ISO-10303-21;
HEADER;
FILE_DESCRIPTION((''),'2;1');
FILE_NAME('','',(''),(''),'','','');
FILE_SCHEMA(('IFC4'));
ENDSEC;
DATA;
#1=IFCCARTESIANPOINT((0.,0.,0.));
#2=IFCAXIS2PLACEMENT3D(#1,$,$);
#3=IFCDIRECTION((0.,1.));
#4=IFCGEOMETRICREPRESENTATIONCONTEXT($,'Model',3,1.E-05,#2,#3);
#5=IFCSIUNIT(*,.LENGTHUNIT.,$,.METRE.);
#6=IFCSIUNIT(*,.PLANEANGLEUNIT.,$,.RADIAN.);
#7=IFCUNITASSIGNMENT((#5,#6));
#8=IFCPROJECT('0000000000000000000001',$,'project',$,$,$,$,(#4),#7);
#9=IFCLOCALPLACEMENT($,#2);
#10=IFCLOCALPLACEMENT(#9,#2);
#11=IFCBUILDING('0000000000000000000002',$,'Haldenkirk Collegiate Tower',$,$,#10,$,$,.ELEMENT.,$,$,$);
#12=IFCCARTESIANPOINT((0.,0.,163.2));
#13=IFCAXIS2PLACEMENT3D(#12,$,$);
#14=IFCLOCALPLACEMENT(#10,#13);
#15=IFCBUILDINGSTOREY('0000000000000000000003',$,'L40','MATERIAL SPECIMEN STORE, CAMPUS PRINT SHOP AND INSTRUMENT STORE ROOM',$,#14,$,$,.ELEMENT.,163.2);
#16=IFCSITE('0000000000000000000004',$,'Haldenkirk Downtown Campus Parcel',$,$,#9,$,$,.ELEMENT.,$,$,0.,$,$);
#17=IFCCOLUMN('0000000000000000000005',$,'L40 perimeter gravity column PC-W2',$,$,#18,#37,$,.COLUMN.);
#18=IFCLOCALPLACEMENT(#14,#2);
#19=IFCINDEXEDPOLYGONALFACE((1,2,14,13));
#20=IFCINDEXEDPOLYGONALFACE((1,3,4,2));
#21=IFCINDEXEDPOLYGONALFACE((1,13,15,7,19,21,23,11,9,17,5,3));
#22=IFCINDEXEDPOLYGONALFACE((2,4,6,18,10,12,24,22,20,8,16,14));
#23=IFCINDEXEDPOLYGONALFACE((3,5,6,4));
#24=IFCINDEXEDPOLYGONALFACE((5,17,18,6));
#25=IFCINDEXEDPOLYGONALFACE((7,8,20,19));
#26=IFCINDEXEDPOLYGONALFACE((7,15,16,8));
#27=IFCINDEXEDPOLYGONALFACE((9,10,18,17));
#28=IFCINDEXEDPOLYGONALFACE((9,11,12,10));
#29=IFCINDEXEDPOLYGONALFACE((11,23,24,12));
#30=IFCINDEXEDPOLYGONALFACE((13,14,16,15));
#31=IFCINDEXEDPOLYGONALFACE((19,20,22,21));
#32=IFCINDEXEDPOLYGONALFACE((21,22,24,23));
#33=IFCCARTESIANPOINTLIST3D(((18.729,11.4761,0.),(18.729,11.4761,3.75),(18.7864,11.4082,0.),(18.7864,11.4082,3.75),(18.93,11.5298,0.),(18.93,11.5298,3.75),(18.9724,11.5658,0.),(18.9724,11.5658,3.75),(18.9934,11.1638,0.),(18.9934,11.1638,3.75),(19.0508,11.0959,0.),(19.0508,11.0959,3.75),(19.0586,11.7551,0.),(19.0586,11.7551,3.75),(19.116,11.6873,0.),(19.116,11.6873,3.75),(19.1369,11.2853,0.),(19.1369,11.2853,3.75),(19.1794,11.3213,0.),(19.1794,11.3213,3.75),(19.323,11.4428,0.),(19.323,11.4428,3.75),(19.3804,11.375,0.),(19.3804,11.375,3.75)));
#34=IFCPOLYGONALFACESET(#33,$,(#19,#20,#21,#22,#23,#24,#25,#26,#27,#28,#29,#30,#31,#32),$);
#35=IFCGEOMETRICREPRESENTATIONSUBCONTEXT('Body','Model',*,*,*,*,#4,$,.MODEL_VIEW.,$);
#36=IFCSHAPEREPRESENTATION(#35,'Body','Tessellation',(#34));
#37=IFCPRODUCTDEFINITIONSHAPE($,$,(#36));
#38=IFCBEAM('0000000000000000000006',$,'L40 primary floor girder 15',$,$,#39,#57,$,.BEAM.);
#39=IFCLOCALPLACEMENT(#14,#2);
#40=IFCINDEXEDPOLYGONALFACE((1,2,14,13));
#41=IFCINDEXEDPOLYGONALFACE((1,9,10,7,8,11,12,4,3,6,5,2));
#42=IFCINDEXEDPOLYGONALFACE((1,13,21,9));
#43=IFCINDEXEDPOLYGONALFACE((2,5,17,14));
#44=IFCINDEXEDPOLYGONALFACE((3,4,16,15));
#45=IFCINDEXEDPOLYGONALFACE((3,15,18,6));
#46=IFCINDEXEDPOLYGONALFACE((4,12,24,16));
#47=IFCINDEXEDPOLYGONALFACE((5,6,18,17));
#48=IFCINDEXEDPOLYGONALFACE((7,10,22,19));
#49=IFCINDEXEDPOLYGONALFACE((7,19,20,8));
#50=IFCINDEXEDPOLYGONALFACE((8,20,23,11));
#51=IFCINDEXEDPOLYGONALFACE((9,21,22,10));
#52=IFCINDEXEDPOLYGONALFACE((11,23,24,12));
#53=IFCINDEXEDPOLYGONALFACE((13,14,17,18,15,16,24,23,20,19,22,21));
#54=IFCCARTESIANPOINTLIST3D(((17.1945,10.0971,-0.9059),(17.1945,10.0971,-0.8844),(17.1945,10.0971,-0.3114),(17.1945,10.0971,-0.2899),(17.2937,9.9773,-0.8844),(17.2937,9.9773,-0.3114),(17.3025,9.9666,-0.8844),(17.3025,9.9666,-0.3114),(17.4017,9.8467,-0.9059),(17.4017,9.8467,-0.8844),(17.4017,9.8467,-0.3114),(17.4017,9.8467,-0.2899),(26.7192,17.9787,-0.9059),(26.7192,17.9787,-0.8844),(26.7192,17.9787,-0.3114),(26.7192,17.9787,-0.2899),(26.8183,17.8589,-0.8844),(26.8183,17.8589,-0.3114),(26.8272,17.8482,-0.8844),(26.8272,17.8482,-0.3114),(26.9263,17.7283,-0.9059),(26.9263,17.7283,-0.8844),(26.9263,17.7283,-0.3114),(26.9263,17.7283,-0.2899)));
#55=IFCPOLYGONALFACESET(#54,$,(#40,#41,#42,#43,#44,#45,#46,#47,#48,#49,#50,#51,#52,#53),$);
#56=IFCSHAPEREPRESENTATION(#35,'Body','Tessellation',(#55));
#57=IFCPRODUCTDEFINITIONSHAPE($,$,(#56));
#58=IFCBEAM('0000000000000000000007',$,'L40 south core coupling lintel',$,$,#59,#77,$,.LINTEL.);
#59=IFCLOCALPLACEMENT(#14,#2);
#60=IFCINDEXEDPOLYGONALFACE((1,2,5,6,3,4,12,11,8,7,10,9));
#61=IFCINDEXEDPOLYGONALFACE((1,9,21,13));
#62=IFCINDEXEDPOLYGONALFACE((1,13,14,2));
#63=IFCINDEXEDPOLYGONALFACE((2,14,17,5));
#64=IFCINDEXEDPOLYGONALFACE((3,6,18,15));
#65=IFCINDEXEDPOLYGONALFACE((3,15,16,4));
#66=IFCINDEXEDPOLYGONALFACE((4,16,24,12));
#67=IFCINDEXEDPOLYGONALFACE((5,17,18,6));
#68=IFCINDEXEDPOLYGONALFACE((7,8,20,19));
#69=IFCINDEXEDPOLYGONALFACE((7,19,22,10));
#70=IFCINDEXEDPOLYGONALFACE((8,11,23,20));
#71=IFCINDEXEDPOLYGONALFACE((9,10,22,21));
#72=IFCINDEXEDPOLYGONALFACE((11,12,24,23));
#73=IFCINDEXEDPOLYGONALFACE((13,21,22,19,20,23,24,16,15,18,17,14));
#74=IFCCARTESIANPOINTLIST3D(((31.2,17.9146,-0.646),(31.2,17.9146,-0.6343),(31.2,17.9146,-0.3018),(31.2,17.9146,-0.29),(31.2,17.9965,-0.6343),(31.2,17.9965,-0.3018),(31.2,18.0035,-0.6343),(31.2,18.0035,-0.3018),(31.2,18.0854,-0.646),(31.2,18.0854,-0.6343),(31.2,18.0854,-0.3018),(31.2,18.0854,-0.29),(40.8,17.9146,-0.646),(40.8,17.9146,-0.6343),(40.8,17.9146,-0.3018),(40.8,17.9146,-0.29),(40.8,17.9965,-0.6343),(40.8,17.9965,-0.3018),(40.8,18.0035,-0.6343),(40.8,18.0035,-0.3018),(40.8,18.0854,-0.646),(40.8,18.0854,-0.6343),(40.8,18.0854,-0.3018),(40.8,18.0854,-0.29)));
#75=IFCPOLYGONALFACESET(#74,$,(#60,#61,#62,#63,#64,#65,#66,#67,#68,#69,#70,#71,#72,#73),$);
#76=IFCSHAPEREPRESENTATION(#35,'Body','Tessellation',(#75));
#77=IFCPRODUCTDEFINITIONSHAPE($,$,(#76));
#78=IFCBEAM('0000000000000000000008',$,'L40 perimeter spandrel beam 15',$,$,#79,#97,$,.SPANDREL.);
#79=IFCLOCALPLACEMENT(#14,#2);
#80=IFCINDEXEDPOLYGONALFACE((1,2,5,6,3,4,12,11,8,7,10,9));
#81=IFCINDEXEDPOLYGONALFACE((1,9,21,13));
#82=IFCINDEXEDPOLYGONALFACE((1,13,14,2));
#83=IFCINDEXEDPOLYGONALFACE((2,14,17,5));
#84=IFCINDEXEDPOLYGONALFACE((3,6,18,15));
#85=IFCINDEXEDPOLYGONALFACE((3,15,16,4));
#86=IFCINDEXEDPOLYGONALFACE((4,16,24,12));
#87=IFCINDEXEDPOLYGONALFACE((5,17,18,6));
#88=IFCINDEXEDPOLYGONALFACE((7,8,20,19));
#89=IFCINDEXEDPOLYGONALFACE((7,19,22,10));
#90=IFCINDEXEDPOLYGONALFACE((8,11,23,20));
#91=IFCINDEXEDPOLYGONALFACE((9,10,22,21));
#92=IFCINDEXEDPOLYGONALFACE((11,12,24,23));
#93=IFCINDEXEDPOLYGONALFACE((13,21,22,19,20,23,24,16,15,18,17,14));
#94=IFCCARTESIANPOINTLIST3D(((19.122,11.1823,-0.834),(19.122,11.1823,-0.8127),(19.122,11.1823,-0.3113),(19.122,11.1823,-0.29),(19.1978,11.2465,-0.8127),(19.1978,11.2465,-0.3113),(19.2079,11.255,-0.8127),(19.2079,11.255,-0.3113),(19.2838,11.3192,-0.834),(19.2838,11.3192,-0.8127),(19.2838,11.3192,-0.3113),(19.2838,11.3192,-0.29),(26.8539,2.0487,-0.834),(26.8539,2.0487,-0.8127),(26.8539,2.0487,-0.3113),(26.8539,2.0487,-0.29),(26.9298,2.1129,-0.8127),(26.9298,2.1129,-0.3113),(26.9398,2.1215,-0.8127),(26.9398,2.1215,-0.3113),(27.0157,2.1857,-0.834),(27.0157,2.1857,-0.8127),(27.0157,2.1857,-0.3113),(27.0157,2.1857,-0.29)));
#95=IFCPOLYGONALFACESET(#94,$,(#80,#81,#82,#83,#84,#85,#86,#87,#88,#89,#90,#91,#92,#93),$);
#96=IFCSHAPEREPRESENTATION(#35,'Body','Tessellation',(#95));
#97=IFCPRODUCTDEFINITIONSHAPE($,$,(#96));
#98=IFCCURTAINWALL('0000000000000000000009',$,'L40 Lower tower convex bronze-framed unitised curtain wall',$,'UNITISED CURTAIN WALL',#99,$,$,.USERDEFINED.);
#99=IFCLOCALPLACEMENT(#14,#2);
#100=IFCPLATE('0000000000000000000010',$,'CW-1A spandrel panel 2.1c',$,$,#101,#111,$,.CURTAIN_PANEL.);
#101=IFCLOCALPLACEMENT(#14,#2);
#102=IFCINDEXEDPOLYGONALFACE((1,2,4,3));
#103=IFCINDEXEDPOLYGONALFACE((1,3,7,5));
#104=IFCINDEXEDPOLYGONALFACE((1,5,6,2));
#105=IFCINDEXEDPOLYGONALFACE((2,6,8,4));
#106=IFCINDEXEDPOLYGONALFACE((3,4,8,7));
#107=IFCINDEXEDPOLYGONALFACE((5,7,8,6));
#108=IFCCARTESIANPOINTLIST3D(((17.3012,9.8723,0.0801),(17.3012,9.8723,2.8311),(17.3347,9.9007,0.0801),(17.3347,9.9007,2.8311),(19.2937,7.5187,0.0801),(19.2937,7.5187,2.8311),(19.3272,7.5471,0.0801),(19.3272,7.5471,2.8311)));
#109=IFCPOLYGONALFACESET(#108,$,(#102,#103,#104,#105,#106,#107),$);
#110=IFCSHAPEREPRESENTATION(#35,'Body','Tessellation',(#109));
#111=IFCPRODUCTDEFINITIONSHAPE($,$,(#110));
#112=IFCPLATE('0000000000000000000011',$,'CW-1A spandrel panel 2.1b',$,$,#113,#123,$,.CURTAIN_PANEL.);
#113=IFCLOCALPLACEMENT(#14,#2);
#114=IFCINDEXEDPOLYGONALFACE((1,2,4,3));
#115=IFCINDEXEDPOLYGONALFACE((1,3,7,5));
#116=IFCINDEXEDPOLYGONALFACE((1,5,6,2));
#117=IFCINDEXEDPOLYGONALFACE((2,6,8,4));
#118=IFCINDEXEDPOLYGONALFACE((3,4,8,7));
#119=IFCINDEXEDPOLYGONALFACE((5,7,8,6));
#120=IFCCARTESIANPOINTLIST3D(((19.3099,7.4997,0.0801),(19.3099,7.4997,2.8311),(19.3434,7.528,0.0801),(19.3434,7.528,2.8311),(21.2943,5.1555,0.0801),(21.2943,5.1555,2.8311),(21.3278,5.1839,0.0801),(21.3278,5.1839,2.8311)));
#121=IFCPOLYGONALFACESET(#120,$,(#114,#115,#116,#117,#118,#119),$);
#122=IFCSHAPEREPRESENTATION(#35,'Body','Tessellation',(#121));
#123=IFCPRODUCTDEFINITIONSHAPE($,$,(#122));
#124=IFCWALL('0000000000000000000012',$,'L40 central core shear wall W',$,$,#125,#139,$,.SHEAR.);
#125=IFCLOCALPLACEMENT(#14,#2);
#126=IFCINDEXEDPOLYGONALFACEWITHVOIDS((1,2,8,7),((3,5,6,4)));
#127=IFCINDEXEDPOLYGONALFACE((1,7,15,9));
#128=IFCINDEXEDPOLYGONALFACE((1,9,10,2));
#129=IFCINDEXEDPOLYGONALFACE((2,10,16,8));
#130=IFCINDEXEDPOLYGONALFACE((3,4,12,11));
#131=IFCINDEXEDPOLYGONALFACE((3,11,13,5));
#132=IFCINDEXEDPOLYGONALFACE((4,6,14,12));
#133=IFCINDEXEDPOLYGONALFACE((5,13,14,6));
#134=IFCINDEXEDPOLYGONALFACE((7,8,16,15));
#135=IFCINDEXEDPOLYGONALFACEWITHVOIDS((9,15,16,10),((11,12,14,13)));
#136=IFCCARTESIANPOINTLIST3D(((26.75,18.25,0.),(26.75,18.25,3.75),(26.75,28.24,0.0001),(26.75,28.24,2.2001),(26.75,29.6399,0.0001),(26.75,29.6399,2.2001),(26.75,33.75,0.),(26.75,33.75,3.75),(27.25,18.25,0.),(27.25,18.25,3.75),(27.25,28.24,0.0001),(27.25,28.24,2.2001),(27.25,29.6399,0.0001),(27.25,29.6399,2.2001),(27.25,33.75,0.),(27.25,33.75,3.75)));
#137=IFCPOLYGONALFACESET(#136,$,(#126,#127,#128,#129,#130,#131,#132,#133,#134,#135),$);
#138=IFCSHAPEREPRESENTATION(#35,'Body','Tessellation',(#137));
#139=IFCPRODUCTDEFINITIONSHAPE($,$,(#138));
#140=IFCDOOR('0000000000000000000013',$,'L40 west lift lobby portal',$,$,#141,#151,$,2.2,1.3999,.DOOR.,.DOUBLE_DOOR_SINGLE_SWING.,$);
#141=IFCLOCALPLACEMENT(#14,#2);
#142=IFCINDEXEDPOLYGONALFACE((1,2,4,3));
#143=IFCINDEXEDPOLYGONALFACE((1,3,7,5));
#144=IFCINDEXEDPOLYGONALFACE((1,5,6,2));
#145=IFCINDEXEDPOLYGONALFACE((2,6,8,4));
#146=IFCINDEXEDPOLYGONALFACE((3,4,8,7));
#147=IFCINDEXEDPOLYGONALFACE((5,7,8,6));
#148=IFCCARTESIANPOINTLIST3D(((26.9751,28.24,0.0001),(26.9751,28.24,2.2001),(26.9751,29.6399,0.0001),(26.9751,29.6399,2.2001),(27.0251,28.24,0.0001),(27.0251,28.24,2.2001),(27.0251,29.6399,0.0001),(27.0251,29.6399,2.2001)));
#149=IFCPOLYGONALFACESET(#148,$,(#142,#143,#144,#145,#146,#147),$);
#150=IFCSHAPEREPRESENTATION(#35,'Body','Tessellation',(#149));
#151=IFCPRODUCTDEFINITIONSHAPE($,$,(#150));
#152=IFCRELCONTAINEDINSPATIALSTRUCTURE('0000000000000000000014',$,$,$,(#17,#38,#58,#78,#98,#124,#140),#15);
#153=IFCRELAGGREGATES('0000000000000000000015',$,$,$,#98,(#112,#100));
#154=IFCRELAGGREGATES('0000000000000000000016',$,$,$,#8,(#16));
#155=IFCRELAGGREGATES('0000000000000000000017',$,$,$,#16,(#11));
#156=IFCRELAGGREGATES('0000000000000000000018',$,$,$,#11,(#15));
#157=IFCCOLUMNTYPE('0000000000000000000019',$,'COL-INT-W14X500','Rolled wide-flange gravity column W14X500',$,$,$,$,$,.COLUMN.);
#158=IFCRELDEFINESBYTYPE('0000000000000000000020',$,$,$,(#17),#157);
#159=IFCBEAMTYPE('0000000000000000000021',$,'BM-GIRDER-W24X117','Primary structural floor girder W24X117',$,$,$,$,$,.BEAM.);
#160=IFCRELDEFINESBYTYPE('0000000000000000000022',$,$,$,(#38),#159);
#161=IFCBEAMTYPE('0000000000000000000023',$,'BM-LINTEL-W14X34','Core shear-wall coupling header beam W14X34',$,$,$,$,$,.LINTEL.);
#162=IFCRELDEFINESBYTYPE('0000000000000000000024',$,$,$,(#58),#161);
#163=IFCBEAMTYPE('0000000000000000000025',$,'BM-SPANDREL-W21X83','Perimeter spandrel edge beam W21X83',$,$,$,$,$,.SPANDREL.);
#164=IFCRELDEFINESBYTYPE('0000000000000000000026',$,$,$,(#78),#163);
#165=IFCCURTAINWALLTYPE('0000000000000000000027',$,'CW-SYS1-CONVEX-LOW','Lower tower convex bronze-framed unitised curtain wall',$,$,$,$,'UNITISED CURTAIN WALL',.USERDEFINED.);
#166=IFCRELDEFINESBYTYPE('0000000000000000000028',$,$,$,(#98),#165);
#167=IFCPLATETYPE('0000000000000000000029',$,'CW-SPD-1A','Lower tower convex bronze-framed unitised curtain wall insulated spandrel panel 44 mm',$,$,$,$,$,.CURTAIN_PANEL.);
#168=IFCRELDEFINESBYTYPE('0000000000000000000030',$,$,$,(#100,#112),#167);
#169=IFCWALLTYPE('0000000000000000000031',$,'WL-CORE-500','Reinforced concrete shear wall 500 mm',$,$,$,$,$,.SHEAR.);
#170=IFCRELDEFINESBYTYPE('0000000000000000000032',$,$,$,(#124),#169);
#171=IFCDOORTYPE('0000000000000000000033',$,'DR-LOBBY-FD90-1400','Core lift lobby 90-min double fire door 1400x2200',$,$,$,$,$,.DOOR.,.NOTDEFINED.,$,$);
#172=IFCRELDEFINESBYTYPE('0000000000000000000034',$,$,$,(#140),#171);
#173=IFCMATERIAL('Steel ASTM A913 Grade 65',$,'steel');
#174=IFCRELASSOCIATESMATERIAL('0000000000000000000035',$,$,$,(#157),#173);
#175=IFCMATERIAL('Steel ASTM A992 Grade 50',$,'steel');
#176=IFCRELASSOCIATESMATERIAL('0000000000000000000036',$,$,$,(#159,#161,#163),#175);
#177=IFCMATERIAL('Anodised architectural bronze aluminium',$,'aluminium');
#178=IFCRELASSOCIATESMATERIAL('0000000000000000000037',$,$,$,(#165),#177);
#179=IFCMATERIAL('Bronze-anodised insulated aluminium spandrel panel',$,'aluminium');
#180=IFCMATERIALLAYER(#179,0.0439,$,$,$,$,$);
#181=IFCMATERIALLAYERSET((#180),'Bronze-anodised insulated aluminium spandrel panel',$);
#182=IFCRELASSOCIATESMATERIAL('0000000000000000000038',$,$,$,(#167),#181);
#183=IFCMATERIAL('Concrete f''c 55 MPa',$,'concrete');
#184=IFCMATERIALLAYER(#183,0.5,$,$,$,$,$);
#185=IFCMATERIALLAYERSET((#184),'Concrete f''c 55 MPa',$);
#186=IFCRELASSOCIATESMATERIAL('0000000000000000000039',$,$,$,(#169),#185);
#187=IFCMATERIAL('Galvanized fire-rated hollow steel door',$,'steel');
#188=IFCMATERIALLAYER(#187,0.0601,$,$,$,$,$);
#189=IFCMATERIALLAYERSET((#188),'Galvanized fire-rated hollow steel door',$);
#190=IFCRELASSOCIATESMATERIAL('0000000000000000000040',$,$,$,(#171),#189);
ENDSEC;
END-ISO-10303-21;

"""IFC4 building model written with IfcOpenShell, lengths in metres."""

from ifc_helpers import new_model, si_unit, direction, frame, frame_2d, origin, origin_2d, place, context, subcontext, project, spatial, rectangle, i_section, extrude, source, transform, mapped, material, layer, layer_set, material_profile, profile_set, type_object, element, fill, aggregate, save


model = new_model("IFC4")

# Units and contexts
model_context = context("Model", 3, precision=1e-05, world=origin(), true_north=direction((0.0, 1.0)))
body_context = subcontext(model_context, "Body", "Model", "MODEL_VIEW")
ifc_project = project(units=[si_unit("LENGTHUNIT", "METRE"), si_unit("PLANEANGLEUNIT", "RADIAN")], contexts=[model_context])

# Site, building, storey
site_placement = place(None, origin())
site = spatial("IfcSite", under=ifc_project, at=site_placement, Name="Haldenkirk Downtown Campus Parcel", CompositionType="ELEMENT", RefElevation=0.0)
building_placement = place(site_placement, origin())
building = spatial("IfcBuilding", under=site, at=building_placement, Name="Haldenkirk Collegiate Tower", CompositionType="ELEMENT")
storey_placement = place(building_placement, frame((0.0, 0.0, 163.2)))
storey = spatial("IfcBuildingStorey", under=building, at=storey_placement, Name="L40", Description="MATERIAL SPECIMEN STORE, CAMPUS PRINT SHOP AND INSTRUMENT STORE ROOM", CompositionType="ELEMENT", Elevation=163.2)

# Column
ifc_material_1 = material(Name="Steel ASTM A913 Grade 65", Category="steel")
ifc_material_profile_1 = material_profile(ifc_material_1, i_section(OverallWidth=0.4319, OverallDepth=0.498, WebThickness=0.0557, FlangeThickness=0.0889, at=origin_2d()), Name="W14X500")
ifc_profile_set_1 = profile_set([ifc_material_profile_1], Name="Steel ASTM A913 Grade 65")
column_type = type_object("IfcColumnType", Name="COL-INT-W14X500", Description="Rolled wide-flange gravity column W14X500", PredefinedType="COLUMN", material=ifc_profile_set_1)
column_placement = place(storey_placement, frame((19.0547, 11.4255, 0.0), z_axis=(0.0, 0.0, 1.0), x_axis=(0.763232, 0.646124, 0.0)))
element("IfcColumn", 1, at=column_placement, inside=storey, type_object=column_type, Name="L40 perimeter gravity column PC-W2", PredefinedType="COLUMN", context=body_context, shape_type="SweptSolid", body=[
    extrude(i_section(OverallWidth=0.4319, OverallDepth=0.498, WebThickness=0.0557, FlangeThickness=0.0889, at=origin_2d()), origin(), (0.0, 0.0, 1.0), 3.75),
])

# Beams
ifc_material_2 = material(Name="Steel ASTM A992 Grade 50", Category="steel")
ifc_material_profile_2 = material_profile(ifc_material_2, i_section(OverallWidth=0.325, OverallDepth=0.616, WebThickness=0.0139, FlangeThickness=0.0215, at=origin_2d()), Name="W24X117")
ifc_profile_set_2 = profile_set([ifc_material_profile_2], Name="Steel ASTM A992 Grade 50")
beam_type_1 = type_object("IfcBeamType", Name="BM-GIRDER-W24X117", Description="Primary structural floor girder W24X117", PredefinedType="BEAM", material=ifc_profile_set_2)
beam_1_placement = place(storey_placement, frame((17.2981, 9.9719, -0.5979), z_axis=(0.770429, 0.637525, 0.0), x_axis=(-0.637525, 0.770429, 0.0)))
element("IfcBeam", 2, at=beam_1_placement, inside=storey, type_object=beam_type_1, Name="L40 primary floor girder 15", PredefinedType="BEAM", context=body_context, shape_type="SweptSolid", body=[
    extrude(i_section(OverallWidth=0.325, OverallDepth=0.616, WebThickness=0.0139, FlangeThickness=0.0215, at=origin_2d()), origin(), (0.0, 0.0, 1.0), 12.3628),
])
ifc_material_profile_3 = material_profile(ifc_material_2, i_section(OverallWidth=0.1709, OverallDepth=0.356, WebThickness=0.0071, FlangeThickness=0.0117, at=origin_2d()), Name="W14X34")
ifc_profile_set_3 = profile_set([ifc_material_profile_3], Name="Steel ASTM A992 Grade 50")
beam_type_2 = type_object("IfcBeamType", Name="BM-LINTEL-W14X34", Description="Core shear-wall coupling header beam W14X34", PredefinedType="LINTEL", material=ifc_profile_set_3)
beam_2_placement = place(storey_placement, frame((31.2, 18.0, -0.468), z_axis=(1.0, 0.0, 0.0), x_axis=(0.0, 1.0, 0.0)))
element("IfcBeam", 3, at=beam_2_placement, inside=storey, type_object=beam_type_2, Name="L40 south core coupling lintel", PredefinedType="LINTEL", context=body_context, shape_type="SweptSolid", body=[
    extrude(i_section(OverallWidth=0.1709, OverallDepth=0.356, WebThickness=0.0071, FlangeThickness=0.0117, at=origin_2d()), origin(), (0.0, 0.0, 1.0), 9.6001),
])
ifc_material_profile_4 = material_profile(ifc_material_2, i_section(OverallWidth=0.2119, OverallDepth=0.5439, WebThickness=0.0132, FlangeThickness=0.0212, at=origin_2d()), Name="W21X83")
ifc_profile_set_4 = profile_set([ifc_material_profile_4], Name="Steel ASTM A992 Grade 50")
beam_type_3 = type_object("IfcBeamType", Name="BM-SPANDREL-W21X83", Description="Perimeter spandrel edge beam W21X83", PredefinedType="SPANDREL", material=ifc_profile_set_4)
beam_3_placement = place(storey_placement, frame((19.2029, 11.2507, -0.562), z_axis=(0.646115, -0.76324, 0.0), x_axis=(0.76324, 0.646115, 0.0)))
element("IfcBeam", 4, at=beam_3_placement, inside=storey, type_object=beam_type_3, Name="L40 perimeter spandrel beam 15", PredefinedType="SPANDREL", context=body_context, shape_type="SweptSolid", body=[
    extrude(i_section(OverallWidth=0.2119, OverallDepth=0.5439, WebThickness=0.0132, FlangeThickness=0.0212, at=origin_2d()), origin(), (0.0, 0.0, 1.0), 11.9668),
])

# Curtain wall, plates
ifc_material_3 = material(Name="Anodised architectural bronze aluminium", Category="aluminium")
curtain_wall_type = type_object("IfcCurtainWallType", Name="CW-SYS1-CONVEX-LOW", Description="Lower tower convex bronze-framed unitised curtain wall", ElementType="UNITISED CURTAIN WALL", PredefinedType="USERDEFINED", material=ifc_material_3)
curtain_wall_placement = place(storey_placement, origin())
curtain_wall = element("IfcCurtainWall", 5, at=curtain_wall_placement, inside=storey, type_object=curtain_wall_type, Name="L40 Lower tower convex bronze-framed unitised curtain wall", ObjectType="UNITISED CURTAIN WALL", PredefinedType="USERDEFINED")
ifc_material_4 = material(Name="Bronze-anodised insulated aluminium spandrel panel", Category="aluminium")
ifc_layer_1 = layer(ifc_material_4, 0.0439)
ifc_layer_set_1 = layer_set([ifc_layer_1], Name="Bronze-anodised insulated aluminium spandrel panel")
plate_type = type_object("IfcPlateType", Name="CW-SPD-1A", Description="Lower tower convex bronze-framed unitised curtain wall insulated spandrel panel 44 mm", PredefinedType="CURTAIN_PANEL", material=ifc_layer_set_1)
shared_shape_1 = source(origin(), body_context, "Body", "SweptSolid", [
    extrude(rectangle(XDim=3.0837, YDim=0.0439, at=origin_2d()), origin(), (0.0, 0.0, 1.0), 2.751),
])
plate_1_placement = place(storey_placement, frame((18.3142, 8.7097, 0.0801), z_axis=(0.0, 0.0, 1.0), x_axis=(-0.646123, 0.763233, 0.0)))
plate_1 = element("IfcPlate", 6, at=plate_1_placement, type_object=plate_type, Name="CW-1A spandrel panel 2.1c", PredefinedType="CURTAIN_PANEL", context=body_context, shape_type="MappedRepresentation", body=[
    mapped(shared_shape_1, transform((0.0, 0.0, 0.0), x_axis=(1.0, 0.0, 0.0), y_axis=(0.0, 1.0, 0.0), z_axis=(0.0, 0.0, 1.0), scale=1.0)),
])
shared_shape_2 = source(origin(), body_context, "Body", "SweptSolid", [
    extrude(rectangle(XDim=3.0713, YDim=0.0439, at=origin_2d()), origin(), (0.0, 0.0, 1.0), 2.751),
])
plate_2_placement = place(storey_placement, frame((20.3188, 6.3418, 0.0801), z_axis=(0.0, 0.0, 1.0), x_axis=(-0.646123, 0.763233, 0.0)))
plate_2 = element("IfcPlate", 7, at=plate_2_placement, type_object=plate_type, Name="CW-1A spandrel panel 2.1b", PredefinedType="CURTAIN_PANEL", context=body_context, shape_type="MappedRepresentation", body=[
    mapped(shared_shape_2, transform((0.0, 0.0, 0.0), x_axis=(1.0, 0.0, 0.0), y_axis=(0.0, 1.0, 0.0), z_axis=(0.0, 0.0, 1.0), scale=1.0)),
])
aggregate(curtain_wall, [plate_2, plate_1])

# Shared definitions
ifc_material_5 = material(Name="Concrete f'c 55 MPa", Category="concrete")
ifc_layer_2 = layer(ifc_material_5, 0.5)
ifc_layer_set_2 = layer_set([ifc_layer_2], Name="Concrete f'c 55 MPa")
wall_type_1 = type_object("IfcWallType", Name="WL-CORE-500", Description="Reinforced concrete shear wall 500 mm", PredefinedType="SHEAR", material=ifc_layer_set_2)
ifc_material_6 = material(Name="Galvanized fire-rated hollow steel door", Category="steel")

# Wall, opening, door
wall_1_placement = place(storey_placement, frame((27.0, 18.25, 0.0), z_axis=(0.0, 0.0, 1.0), x_axis=(0.0, 1.0, 0.0)))
wall_1 = element("IfcWall", 8, at=wall_1_placement, inside=storey, type_object=wall_type_1, Name="L40 central core shear wall W", PredefinedType="SHEAR", context=body_context, shape_type="SweptSolid", body=[
    extrude(rectangle(XDim=15.5, YDim=0.5, at=frame_2d((7.75, 0.0))), origin(), (0.0, 0.0, 1.0), 3.75),
])
opening_1_placement = place(wall_1_placement, frame((9.99, 0.0, 0.0)))
opening_1 = element("IfcOpeningElement", 9, at=opening_1_placement, cuts=wall_1, PredefinedType="OPENING", context=body_context, shape_type="SweptSolid", body=[
    extrude(rectangle(XDim=1.3999, YDim=2.2, at=frame_2d((0.7, 1.1001))), frame((0.0, 0.26, 0.0), z_axis=(0.0, -1.0, 0.0), x_axis=(1.0, 0.0, 0.0)), (0.0, 0.0, 1.0), 0.52),
])
ifc_layer_3 = layer(ifc_material_6, 0.0601)
ifc_layer_set_3 = layer_set([ifc_layer_3], Name="Galvanized fire-rated hollow steel door")
door_type_1 = type_object("IfcDoorType", Name="DR-LOBBY-FD90-1400", Description="Core lift lobby 90-min double fire door 1400x2200", OperationType="NOTDEFINED", PredefinedType="DOOR", material=ifc_layer_set_3)
door_1_placement = place(opening_1_placement, origin())
door_1 = element("IfcDoor", 10, at=door_1_placement, inside=storey, type_object=door_type_1, Name="L40 west lift lobby portal", OperationType="DOUBLE_DOOR_SINGLE_SWING", OverallHeight=2.2, OverallWidth=1.3999, PredefinedType="DOOR", context=body_context, shape_type="SweptSolid", body=[
    extrude(rectangle(XDim=1.3999, YDim=2.2, at=frame_2d((0.7, 1.1001))), frame((0.0, 0.0249, 0.0), z_axis=(0.0, -1.0, 0.0), x_axis=(1.0, 0.0, 0.0)), (0.0, 0.0, 1.0), 0.05),
])
fill(opening_1, door_1)

save(model, "model.ifc")
